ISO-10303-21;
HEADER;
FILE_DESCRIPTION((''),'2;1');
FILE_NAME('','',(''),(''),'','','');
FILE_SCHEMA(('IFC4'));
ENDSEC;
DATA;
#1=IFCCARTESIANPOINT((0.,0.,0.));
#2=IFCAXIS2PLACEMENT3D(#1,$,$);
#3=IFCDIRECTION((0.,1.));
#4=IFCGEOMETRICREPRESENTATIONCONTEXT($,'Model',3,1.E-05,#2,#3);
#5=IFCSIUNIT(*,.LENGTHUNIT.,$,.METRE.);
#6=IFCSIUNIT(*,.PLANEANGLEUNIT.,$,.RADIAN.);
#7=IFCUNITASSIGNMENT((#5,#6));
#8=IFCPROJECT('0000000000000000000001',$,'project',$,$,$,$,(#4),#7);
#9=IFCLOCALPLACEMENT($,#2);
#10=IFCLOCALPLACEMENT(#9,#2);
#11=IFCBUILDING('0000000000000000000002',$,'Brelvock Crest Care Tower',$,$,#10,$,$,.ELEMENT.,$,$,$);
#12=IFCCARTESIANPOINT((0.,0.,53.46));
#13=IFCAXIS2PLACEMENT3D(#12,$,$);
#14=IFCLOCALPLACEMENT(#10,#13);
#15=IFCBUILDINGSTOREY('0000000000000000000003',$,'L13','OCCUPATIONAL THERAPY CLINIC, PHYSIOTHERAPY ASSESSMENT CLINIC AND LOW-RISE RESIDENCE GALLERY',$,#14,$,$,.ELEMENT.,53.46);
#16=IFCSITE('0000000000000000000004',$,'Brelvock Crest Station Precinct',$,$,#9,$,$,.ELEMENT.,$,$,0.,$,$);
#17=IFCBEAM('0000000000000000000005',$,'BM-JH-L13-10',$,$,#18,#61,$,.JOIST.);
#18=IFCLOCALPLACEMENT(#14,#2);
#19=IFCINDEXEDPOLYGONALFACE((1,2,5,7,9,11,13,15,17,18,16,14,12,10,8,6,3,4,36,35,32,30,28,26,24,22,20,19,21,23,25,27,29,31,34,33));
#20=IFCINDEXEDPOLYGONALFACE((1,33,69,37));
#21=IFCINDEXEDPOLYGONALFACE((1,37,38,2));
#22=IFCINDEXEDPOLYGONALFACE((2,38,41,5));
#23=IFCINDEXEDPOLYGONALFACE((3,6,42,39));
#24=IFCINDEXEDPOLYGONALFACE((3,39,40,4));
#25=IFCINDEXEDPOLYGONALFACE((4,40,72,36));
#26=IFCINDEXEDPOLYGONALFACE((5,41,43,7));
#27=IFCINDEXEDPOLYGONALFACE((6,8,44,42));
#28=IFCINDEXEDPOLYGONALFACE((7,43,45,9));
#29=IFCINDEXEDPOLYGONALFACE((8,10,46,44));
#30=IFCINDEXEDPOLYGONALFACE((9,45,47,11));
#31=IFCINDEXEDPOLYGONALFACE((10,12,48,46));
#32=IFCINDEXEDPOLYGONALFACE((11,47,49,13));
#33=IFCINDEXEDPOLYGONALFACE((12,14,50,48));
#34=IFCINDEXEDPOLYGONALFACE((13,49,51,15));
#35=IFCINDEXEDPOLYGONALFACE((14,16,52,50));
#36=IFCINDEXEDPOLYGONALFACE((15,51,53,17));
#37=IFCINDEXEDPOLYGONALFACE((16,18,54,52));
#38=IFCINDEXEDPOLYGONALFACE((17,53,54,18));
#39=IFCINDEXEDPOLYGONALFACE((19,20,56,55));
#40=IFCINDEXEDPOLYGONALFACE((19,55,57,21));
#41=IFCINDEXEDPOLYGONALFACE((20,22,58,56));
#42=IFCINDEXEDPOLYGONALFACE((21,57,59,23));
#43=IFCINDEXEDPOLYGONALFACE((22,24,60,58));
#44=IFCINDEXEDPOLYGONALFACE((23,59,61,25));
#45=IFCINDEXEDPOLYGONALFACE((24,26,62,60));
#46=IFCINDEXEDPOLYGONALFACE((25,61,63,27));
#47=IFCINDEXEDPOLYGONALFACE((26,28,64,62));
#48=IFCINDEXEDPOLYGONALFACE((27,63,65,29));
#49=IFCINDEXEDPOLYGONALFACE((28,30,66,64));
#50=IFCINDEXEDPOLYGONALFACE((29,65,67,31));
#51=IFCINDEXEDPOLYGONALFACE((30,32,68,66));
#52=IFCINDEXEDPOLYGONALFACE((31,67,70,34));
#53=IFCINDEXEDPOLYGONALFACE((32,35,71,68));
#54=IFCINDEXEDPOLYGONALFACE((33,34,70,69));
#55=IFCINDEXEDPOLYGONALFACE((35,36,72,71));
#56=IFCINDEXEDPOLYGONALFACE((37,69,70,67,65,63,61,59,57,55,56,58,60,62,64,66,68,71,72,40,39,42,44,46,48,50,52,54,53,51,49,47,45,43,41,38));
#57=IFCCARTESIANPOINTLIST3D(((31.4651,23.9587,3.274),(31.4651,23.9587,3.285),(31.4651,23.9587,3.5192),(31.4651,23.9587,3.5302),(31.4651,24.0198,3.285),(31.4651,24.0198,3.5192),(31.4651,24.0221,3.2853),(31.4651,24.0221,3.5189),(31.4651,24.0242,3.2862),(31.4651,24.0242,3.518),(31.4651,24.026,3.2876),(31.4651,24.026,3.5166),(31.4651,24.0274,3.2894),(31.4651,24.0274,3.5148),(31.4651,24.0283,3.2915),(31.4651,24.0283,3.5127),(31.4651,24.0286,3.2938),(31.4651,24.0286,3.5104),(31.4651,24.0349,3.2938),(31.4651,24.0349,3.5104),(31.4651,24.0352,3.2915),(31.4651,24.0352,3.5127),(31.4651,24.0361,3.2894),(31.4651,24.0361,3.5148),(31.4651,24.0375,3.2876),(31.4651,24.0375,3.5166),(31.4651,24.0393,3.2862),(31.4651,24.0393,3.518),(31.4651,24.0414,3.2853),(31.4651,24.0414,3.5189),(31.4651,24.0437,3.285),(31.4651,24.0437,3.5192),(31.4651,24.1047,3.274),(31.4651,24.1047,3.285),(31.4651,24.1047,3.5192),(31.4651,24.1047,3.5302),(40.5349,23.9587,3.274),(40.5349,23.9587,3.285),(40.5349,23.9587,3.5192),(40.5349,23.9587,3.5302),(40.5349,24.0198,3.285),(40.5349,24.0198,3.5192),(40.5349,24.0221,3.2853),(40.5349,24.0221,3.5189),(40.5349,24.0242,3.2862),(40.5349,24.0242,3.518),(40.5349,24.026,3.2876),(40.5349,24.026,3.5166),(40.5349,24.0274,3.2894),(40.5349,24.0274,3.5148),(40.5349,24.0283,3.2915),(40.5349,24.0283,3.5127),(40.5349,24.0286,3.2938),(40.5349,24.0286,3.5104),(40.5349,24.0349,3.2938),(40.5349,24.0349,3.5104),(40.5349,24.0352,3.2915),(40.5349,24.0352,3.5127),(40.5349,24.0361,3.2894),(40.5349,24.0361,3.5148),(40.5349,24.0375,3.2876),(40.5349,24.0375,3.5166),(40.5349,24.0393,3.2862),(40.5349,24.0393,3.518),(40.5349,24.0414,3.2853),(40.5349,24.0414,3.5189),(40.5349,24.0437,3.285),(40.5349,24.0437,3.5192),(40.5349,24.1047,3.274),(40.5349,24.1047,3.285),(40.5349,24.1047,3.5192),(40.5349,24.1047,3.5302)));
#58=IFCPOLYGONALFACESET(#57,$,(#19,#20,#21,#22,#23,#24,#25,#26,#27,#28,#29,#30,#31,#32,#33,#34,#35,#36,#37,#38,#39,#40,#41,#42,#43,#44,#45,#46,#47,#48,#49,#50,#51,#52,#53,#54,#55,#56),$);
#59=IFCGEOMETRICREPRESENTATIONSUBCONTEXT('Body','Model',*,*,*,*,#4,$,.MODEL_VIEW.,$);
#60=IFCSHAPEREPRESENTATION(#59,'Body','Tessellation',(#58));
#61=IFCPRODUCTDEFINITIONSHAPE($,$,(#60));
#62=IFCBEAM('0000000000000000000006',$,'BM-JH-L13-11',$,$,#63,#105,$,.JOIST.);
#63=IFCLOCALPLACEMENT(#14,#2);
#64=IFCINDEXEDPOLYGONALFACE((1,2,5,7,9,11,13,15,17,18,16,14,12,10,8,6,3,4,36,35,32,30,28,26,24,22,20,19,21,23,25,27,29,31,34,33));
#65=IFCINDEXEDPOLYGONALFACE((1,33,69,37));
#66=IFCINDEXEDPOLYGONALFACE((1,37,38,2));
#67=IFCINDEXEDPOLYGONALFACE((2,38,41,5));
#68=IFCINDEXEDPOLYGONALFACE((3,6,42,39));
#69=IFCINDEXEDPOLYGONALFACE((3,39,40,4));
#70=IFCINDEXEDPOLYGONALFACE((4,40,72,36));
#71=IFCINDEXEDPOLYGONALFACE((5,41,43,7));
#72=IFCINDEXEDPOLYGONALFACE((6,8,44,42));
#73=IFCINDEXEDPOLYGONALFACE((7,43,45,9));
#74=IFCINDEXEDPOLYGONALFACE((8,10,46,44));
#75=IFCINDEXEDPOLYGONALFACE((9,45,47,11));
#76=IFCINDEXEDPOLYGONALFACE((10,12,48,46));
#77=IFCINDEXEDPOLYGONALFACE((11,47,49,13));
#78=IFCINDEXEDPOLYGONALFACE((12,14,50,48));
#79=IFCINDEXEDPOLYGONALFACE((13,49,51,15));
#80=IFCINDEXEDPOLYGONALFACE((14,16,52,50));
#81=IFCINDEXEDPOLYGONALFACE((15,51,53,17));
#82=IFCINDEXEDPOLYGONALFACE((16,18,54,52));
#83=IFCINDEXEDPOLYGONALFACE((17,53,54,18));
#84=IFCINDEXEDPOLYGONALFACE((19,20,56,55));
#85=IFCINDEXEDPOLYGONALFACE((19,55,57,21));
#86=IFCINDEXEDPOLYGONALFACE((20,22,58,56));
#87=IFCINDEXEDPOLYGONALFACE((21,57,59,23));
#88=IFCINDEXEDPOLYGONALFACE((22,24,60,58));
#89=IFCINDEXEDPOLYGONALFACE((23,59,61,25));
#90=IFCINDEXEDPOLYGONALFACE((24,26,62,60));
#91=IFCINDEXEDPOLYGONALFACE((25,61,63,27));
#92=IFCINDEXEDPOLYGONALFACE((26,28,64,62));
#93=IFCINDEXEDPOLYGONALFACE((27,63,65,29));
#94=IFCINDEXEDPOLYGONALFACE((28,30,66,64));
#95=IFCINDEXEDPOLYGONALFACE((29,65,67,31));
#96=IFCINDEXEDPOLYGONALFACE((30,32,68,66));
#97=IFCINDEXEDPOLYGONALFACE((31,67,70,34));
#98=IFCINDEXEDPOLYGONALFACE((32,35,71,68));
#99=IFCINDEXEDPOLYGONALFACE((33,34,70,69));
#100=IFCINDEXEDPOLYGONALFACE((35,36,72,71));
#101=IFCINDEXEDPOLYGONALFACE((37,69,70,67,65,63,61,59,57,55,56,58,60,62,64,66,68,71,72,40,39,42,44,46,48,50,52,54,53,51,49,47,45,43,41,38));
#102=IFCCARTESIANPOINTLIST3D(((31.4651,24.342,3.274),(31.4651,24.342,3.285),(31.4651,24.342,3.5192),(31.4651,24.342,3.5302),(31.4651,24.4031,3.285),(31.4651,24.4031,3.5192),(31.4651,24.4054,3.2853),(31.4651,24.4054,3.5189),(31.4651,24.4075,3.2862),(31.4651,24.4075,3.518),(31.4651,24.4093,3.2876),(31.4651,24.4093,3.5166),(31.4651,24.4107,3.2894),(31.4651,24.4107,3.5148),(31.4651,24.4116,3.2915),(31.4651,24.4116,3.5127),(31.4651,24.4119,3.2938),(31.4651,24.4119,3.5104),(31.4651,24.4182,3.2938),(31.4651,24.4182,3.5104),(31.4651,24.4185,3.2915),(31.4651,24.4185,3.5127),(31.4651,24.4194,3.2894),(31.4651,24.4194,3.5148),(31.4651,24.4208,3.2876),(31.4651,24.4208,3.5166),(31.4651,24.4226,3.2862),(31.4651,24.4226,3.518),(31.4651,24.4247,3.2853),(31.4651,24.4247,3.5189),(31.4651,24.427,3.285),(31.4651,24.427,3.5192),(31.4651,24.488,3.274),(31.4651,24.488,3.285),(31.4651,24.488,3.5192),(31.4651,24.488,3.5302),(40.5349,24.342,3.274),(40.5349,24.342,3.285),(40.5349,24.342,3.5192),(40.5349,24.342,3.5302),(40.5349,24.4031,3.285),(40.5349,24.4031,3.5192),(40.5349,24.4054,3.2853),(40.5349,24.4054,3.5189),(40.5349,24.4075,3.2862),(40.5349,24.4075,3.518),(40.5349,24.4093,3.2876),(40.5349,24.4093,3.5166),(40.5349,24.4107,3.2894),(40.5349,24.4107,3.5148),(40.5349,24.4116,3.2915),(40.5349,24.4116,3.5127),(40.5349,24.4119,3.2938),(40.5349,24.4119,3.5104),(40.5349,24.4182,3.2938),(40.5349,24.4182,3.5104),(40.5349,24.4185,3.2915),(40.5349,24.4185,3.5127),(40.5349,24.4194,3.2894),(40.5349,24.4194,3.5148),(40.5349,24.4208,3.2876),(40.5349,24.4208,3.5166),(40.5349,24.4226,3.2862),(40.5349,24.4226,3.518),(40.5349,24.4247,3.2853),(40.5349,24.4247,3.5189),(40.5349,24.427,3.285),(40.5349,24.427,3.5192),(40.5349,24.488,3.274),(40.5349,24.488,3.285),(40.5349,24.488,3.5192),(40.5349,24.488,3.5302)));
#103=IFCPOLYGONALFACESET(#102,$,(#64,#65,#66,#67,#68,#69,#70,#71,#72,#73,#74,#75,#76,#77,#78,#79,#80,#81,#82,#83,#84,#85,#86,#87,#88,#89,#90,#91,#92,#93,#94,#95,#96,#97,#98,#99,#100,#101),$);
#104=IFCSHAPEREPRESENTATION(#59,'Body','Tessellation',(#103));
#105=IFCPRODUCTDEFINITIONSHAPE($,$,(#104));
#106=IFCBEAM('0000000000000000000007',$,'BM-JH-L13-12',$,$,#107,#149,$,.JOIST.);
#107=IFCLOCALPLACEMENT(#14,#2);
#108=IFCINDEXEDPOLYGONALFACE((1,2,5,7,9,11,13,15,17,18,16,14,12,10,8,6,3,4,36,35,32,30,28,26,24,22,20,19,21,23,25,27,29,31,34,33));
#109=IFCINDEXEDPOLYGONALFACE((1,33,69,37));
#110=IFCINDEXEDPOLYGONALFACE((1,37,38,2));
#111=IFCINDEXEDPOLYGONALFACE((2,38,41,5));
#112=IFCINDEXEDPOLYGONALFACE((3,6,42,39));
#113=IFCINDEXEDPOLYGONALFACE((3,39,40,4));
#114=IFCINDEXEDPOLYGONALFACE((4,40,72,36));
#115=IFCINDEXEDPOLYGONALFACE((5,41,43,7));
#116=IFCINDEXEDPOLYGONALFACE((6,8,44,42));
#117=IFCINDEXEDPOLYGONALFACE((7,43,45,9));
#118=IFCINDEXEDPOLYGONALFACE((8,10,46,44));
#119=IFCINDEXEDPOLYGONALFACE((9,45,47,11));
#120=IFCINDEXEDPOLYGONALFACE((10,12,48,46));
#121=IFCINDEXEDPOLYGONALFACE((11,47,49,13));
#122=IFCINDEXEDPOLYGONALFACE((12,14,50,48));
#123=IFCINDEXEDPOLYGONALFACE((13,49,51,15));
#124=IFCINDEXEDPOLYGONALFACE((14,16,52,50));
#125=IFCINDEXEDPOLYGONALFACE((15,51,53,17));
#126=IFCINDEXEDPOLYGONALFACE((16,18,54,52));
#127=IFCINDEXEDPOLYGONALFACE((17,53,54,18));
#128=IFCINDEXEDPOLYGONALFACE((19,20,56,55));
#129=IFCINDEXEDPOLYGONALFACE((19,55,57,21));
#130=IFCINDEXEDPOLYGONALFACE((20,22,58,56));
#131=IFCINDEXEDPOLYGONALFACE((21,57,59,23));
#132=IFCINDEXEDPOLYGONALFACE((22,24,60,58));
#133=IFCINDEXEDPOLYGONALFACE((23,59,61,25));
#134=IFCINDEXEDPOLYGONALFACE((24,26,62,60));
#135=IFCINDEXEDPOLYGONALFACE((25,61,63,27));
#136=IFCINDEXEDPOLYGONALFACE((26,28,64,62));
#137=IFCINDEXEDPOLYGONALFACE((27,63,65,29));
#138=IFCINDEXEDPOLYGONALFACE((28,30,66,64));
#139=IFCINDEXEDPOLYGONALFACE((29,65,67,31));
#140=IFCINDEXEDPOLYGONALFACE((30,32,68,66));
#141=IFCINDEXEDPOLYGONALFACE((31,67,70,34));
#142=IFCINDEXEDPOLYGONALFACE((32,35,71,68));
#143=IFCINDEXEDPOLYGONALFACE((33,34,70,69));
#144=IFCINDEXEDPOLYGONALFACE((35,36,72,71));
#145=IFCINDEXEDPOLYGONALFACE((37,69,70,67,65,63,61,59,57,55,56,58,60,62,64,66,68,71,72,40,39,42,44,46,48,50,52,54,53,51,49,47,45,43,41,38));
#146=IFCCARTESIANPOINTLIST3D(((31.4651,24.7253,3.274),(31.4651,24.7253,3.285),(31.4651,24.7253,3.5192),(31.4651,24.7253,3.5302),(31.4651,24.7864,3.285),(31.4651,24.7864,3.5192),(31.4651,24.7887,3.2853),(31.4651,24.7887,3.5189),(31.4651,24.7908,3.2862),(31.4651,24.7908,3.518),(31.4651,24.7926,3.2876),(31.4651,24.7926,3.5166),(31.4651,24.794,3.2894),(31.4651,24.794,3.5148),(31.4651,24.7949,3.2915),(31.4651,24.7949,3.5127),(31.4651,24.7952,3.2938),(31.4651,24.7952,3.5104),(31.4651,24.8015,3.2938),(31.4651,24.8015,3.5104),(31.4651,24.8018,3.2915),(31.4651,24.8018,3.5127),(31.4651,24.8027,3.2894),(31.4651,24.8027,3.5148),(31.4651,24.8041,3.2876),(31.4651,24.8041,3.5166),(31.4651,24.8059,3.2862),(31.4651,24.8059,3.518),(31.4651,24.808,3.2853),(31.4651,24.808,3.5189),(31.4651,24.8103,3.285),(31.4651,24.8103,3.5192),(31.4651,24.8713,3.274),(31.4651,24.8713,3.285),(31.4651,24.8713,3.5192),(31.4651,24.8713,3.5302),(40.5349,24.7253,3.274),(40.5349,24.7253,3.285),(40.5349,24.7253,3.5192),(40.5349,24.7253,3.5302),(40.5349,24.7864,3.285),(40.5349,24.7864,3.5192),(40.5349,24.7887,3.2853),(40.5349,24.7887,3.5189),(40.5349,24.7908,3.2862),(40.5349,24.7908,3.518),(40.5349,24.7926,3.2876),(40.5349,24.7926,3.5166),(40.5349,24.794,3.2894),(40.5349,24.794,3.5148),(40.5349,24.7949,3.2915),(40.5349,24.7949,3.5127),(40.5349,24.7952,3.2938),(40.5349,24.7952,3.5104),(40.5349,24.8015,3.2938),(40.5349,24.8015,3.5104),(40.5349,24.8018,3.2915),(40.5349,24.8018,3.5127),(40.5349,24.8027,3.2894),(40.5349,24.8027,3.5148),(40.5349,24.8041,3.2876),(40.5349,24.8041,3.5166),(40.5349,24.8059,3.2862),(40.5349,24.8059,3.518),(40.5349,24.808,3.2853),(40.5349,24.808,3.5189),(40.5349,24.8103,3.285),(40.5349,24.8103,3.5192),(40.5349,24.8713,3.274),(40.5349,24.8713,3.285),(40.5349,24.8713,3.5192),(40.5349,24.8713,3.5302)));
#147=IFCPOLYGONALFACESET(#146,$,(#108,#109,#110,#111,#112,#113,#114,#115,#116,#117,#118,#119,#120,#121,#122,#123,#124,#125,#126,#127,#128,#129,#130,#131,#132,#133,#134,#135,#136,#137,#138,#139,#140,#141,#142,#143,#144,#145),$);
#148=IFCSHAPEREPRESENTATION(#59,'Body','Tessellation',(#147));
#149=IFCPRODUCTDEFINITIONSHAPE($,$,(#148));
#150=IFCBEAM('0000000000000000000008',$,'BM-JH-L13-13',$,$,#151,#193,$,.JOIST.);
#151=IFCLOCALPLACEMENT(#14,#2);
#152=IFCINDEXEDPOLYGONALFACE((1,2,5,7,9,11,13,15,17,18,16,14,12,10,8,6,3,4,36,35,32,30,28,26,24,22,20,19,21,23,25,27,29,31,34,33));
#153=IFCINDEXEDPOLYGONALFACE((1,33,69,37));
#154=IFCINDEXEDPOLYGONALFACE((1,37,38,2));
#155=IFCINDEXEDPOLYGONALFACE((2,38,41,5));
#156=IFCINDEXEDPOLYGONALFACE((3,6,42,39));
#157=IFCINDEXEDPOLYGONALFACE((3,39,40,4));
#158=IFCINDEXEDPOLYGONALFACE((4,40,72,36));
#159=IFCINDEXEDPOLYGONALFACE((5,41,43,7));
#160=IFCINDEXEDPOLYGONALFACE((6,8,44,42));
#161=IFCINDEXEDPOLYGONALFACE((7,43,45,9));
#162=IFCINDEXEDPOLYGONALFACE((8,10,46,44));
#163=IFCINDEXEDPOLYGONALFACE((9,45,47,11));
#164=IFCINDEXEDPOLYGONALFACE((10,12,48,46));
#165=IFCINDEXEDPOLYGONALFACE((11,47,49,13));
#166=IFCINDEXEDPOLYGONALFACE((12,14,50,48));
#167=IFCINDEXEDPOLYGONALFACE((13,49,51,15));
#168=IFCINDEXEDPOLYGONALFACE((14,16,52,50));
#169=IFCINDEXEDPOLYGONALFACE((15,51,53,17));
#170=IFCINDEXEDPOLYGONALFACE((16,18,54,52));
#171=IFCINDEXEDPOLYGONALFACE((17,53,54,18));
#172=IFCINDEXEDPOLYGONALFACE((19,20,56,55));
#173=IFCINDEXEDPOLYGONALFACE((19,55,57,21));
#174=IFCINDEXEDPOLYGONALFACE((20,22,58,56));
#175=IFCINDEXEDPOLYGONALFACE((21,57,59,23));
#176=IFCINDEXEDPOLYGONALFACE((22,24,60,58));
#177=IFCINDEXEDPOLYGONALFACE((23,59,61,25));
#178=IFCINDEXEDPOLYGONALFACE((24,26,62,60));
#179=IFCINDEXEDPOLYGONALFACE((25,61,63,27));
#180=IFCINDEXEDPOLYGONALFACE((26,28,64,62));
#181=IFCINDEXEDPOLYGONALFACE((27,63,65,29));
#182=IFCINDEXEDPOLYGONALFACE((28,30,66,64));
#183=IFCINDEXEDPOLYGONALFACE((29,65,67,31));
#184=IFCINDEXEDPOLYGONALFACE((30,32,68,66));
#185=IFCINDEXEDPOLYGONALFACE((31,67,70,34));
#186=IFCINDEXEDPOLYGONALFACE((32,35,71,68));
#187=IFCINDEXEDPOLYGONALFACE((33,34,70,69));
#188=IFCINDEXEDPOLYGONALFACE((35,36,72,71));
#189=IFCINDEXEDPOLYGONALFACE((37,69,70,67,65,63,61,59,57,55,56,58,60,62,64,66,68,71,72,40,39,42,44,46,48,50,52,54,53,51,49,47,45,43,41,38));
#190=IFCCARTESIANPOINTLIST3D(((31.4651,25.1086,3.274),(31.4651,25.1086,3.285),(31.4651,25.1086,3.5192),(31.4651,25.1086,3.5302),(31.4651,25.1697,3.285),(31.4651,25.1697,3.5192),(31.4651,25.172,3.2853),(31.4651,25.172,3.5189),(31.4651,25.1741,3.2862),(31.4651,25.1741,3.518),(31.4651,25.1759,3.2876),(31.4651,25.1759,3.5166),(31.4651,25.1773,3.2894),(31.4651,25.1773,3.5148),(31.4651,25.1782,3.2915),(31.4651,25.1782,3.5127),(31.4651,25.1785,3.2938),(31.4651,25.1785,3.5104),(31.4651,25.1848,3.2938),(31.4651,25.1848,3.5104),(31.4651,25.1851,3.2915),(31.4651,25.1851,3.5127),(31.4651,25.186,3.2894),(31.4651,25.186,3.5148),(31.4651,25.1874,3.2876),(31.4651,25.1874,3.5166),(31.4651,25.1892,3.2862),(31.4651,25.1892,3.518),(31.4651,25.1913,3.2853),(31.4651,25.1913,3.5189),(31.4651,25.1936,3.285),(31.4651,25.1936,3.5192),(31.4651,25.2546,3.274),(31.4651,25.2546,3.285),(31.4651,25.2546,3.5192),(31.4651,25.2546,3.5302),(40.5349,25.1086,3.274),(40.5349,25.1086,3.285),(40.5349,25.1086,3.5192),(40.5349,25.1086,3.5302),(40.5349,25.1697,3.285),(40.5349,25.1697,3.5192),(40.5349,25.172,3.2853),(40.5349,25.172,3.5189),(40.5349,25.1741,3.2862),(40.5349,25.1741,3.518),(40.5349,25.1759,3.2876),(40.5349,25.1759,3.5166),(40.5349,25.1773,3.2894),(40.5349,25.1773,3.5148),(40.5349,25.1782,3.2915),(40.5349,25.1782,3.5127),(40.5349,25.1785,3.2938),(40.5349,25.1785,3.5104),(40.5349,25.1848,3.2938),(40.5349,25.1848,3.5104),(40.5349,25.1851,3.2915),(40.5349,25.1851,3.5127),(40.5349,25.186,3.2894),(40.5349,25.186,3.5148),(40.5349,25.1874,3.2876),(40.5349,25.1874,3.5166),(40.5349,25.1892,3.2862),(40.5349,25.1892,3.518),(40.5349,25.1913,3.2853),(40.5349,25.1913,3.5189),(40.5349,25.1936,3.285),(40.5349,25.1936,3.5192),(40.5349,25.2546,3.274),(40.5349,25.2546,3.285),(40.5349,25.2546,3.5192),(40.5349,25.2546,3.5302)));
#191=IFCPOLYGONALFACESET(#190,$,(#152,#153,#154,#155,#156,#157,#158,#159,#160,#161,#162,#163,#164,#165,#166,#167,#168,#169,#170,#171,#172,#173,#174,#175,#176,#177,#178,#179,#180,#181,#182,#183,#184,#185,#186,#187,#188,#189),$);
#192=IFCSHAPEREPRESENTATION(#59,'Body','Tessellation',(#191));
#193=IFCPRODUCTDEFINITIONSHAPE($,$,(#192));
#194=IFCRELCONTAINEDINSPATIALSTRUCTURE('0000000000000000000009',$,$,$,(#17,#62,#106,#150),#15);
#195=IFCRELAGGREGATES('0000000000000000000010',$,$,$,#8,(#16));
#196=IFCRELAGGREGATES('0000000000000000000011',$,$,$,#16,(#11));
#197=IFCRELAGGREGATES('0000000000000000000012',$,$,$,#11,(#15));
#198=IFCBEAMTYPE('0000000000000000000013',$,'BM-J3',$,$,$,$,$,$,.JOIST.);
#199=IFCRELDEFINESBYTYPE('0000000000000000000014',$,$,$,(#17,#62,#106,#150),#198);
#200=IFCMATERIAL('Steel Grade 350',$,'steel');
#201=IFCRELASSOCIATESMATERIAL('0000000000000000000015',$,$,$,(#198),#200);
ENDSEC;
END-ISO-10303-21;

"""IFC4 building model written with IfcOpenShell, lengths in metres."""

from ifc_helpers import new_model, si_unit, direction, frame, origin, origin_2d, place, context, subcontext, project, spatial, i_section, extrude, source, transform, mapped, material, material_profile, profile_set, type_object, element, save


model = new_model("IFC4")

# Units and contexts
model_context = context("Model", 3, precision=1e-05, world=origin(), true_north=direction((0.0, 1.0)))
body_context = subcontext(model_context, "Body", "Model", "MODEL_VIEW")
ifc_project = project(units=[si_unit("LENGTHUNIT", "METRE"), si_unit("PLANEANGLEUNIT", "RADIAN")], contexts=[model_context])

# Site, building, storey
site_placement = place(None, origin())
site = spatial("IfcSite", under=ifc_project, at=site_placement, Name="Brelvock Crest Station Precinct", CompositionType="ELEMENT", RefElevation=0.0)
building_placement = place(site_placement, origin())
building = spatial("IfcBuilding", under=site, at=building_placement, Name="Brelvock Crest Care Tower", CompositionType="ELEMENT")
storey_placement = place(building_placement, frame((0.0, 0.0, 53.46)))
storey = spatial("IfcBuildingStorey", under=building, at=storey_placement, Name="L13", Description="OCCUPATIONAL THERAPY CLINIC, PHYSIOTHERAPY ASSESSMENT CLINIC AND LOW-RISE RESIDENCE GALLERY", CompositionType="ELEMENT", Elevation=53.46)

# Beams
ifc_material_1 = material(Name="Steel Grade 350", Category="steel")
ifc_material_profile = material_profile(ifc_material_1, i_section(OverallWidth=0.146, OverallDepth=0.2561, WebThickness=0.0063, FlangeThickness=0.011, FilletRadius=0.0088, at=origin_2d()), Name="250UB37.3")
ifc_profile_set = profile_set([ifc_material_profile], Name="Steel Grade 350")
beam_type = type_object("IfcBeamType", Name="BM-J3", PredefinedType="JOIST", material=ifc_profile_set)
shared_shape_1 = source(origin(), body_context, "Body", "SweptSolid", [
    extrude(i_section(OverallWidth=0.146, OverallDepth=0.2561, WebThickness=0.0063, FlangeThickness=0.011, FilletRadius=0.0088, at=origin_2d()), origin(), (0.0, 0.0, 1.0), 9.0698),
])
for number, where, z_axis, x_axis, name in (
    (1, (31.4651, 24.0317, 3.4021), (1.0, 0.0, 0.0), (0.0, 1.0, 0.0), "BM-JH-L13-10"),
    (2, (31.4651, 24.415, 3.4021), (1.0, 0.0, 0.0), (0.0, 1.0, 0.0), "BM-JH-L13-11"),
    (3, (31.4651, 24.7983, 3.4021), (1.0, 0.0, 0.0), (0.0, 1.0, 0.0), "BM-JH-L13-12"),
    (4, (31.4651, 25.1816, 3.4021), (1.0, 0.0, 0.0), (0.0, 1.0, 0.0), "BM-JH-L13-13"),
):
    element("IfcBeam", number, at=place(storey_placement, frame(where, z_axis=z_axis, x_axis=x_axis)), inside=storey, type_object=beam_type, Name=name, PredefinedType="JOIST", context=body_context, shape_type="MappedRepresentation", body=[
        mapped(shared_shape_1, transform((0.0, 0.0, 0.0), x_axis=(1.0, 0.0, 0.0), y_axis=(0.0, 1.0, 0.0), z_axis=(0.0, 0.0, 1.0), scale=1.0)),
    ])

save(model, "model.ifc")
